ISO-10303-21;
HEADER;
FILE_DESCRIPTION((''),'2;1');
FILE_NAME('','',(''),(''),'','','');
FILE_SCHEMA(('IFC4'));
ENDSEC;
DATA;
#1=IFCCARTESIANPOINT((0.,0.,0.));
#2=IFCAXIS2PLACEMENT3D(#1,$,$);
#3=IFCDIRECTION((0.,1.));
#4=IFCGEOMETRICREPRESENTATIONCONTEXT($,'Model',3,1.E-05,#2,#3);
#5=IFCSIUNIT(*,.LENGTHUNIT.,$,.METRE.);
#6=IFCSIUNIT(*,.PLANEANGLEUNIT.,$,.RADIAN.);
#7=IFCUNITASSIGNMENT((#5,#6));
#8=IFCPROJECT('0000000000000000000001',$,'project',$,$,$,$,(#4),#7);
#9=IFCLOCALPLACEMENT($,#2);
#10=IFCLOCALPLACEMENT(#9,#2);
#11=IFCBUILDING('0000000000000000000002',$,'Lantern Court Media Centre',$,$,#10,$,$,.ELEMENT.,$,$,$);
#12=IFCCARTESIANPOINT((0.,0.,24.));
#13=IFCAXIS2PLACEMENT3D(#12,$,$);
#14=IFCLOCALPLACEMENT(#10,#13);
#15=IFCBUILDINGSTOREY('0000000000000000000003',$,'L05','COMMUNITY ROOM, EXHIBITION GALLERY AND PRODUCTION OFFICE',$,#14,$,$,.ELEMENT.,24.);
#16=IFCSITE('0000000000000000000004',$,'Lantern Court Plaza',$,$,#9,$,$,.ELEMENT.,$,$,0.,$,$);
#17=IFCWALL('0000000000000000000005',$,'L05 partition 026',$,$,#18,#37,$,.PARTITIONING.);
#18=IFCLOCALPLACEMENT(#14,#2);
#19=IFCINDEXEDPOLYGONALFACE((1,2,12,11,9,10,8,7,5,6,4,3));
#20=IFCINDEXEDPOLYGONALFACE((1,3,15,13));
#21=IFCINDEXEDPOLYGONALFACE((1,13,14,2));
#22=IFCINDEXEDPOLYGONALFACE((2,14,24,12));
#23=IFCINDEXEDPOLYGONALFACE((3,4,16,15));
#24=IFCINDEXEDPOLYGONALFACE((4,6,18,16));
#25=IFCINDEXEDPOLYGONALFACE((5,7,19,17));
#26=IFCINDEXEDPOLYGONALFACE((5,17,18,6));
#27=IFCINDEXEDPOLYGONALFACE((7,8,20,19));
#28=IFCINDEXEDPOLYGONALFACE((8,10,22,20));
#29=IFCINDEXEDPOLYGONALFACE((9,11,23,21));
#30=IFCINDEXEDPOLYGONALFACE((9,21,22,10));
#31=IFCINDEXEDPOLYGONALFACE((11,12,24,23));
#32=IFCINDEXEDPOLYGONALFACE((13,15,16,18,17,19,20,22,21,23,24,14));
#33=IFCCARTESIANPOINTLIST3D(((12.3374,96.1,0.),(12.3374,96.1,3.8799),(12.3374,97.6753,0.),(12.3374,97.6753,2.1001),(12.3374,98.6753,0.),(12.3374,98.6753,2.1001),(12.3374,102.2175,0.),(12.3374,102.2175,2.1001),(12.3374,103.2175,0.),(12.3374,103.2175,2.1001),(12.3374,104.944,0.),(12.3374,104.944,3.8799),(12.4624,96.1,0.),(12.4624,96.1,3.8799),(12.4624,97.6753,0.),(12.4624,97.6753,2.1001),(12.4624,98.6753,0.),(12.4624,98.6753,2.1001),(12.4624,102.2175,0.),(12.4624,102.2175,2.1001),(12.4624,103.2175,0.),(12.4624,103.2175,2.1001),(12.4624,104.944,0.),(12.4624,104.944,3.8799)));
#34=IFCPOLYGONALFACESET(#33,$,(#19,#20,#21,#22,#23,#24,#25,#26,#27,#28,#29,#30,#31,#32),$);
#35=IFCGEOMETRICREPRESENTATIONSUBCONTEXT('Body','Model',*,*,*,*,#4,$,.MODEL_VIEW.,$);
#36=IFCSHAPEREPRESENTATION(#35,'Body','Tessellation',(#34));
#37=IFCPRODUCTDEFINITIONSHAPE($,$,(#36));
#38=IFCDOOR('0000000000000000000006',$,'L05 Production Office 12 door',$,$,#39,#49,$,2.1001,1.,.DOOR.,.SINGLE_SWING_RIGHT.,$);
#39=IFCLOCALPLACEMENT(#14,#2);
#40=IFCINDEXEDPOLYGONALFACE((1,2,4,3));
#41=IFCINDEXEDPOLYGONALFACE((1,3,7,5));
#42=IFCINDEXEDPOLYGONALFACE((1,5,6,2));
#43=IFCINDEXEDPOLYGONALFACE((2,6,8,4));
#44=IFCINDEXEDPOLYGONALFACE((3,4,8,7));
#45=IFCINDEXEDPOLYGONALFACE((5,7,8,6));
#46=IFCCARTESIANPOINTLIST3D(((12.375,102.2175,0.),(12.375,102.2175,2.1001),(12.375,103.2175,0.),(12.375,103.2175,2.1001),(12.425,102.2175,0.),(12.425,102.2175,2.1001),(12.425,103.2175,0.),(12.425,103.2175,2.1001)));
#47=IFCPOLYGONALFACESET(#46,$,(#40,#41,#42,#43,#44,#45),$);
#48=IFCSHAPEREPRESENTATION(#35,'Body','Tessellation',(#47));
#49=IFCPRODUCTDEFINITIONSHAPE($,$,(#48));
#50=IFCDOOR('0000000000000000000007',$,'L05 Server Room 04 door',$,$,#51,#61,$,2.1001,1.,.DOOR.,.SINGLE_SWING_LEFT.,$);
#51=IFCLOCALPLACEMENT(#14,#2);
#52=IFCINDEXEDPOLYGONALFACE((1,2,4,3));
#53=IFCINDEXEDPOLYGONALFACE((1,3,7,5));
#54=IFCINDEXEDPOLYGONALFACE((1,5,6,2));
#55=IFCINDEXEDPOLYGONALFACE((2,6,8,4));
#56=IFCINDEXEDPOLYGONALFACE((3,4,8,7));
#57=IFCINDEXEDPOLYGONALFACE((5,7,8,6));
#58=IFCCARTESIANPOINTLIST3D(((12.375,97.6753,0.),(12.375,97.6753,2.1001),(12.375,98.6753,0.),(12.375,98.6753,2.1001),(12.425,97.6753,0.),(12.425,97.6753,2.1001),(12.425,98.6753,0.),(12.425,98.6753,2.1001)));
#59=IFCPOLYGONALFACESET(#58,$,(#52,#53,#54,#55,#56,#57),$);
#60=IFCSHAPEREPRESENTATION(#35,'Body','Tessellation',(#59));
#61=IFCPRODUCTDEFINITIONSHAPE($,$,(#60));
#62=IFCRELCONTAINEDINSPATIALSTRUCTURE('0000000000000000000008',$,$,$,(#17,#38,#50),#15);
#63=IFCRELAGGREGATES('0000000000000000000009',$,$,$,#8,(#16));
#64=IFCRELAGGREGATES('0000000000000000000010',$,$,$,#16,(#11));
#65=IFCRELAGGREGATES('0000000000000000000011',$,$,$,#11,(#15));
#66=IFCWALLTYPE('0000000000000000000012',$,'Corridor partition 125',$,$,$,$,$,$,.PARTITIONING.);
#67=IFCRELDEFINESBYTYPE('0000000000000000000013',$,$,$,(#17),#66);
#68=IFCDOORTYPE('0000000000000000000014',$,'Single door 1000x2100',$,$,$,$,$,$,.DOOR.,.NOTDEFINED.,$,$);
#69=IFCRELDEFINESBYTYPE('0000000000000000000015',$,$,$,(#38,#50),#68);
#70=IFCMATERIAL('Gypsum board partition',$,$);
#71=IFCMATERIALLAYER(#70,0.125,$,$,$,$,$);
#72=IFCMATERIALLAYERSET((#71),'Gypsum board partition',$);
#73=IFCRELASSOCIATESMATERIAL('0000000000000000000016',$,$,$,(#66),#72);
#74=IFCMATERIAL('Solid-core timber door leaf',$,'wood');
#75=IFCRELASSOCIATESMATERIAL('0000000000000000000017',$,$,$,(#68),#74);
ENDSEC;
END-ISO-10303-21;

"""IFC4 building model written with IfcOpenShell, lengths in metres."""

from ifc_helpers import new_model, si_unit, direction, frame, frame_2d, origin, place, context, subcontext, project, spatial, rectangle, extrude, material, layer, layer_set, type_object, element, fill, save


model = new_model("IFC4")

# Units and contexts
model_context = context("Model", 3, precision=1e-05, world=origin(), true_north=direction((0.0, 1.0)))
body_context = subcontext(model_context, "Body", "Model", "MODEL_VIEW")
ifc_project = project(units=[si_unit("LENGTHUNIT", "METRE"), si_unit("PLANEANGLEUNIT", "RADIAN")], contexts=[model_context])

# Site, building, storey
site_placement = place(None, origin())
site = spatial("IfcSite", under=ifc_project, at=site_placement, Name="Lantern Court Plaza", CompositionType="ELEMENT", RefElevation=0.0)
building_placement = place(site_placement, origin())
building = spatial("IfcBuilding", under=site, at=building_placement, Name="Lantern Court Media Centre", CompositionType="ELEMENT")
storey_placement = place(building_placement, frame((0.0, 0.0, 24.0)))
storey = spatial("IfcBuildingStorey", under=building, at=storey_placement, Name="L05", Description="COMMUNITY ROOM, EXHIBITION GALLERY AND PRODUCTION OFFICE", CompositionType="ELEMENT", Elevation=24.0)

# Wall, openings, doors
ifc_material_1 = material(Name="Gypsum board partition")
ifc_layer_1 = layer(ifc_material_1, 0.125)
ifc_layer_set_1 = layer_set([ifc_layer_1], Name="Gypsum board partition")
wall_type_1 = type_object("IfcWallType", Name="Corridor partition 125", PredefinedType="PARTITIONING", material=ifc_layer_set_1)
wall_1_placement = place(storey_placement, frame((12.3999, 96.1001, 0.0), z_axis=(0.0, 0.0, 1.0), x_axis=(0.0, 1.0, 0.0)))
wall_1 = element("IfcWall", 1, at=wall_1_placement, inside=storey, type_object=wall_type_1, Name="L05 partition 026", PredefinedType="PARTITIONING", context=body_context, shape_type="SweptSolid", body=[
    extrude(rectangle(XDim=8.844, YDim=0.125, at=frame_2d((4.4219, 0.0))), origin(), (0.0, 0.0, 1.0), 3.8799),
])
opening_1_placement = place(wall_1_placement, frame((6.1174, 0.0, 0.0)))
opening_1 = element("IfcOpeningElement", 2, at=opening_1_placement, cuts=wall_1, PredefinedType="OPENING", context=body_context, shape_type="SweptSolid", body=[
    extrude(rectangle(XDim=1.0, YDim=2.1001, at=frame_2d((0.5, 1.05))), frame((0.0, 0.0725, 0.0), z_axis=(0.0, -1.0, 0.0), x_axis=(1.0, 0.0, 0.0)), (0.0, 0.0, 1.0), 0.145),
])
opening_2_placement = place(wall_1_placement, frame((1.5752, 0.0, 0.0)))
opening_2 = element("IfcOpeningElement", 3, at=opening_2_placement, cuts=wall_1, PredefinedType="OPENING", context=body_context, shape_type="SweptSolid", body=[
    extrude(rectangle(XDim=1.0, YDim=2.1001, at=frame_2d((0.5, 1.05))), frame((0.0, 0.0725, 0.0), z_axis=(0.0, -1.0, 0.0), x_axis=(1.0, 0.0, 0.0)), (0.0, 0.0, 1.0), 0.145),
])
ifc_material_2 = material(Name="Solid-core timber door leaf", Category="wood")
door_type_1 = type_object("IfcDoorType", Name="Single door 1000x2100", OperationType="NOTDEFINED", PredefinedType="DOOR", material=ifc_material_2)
door_1_placement = place(opening_1_placement, origin())
door_1 = element("IfcDoor", 4, at=door_1_placement, inside=storey, type_object=door_type_1, Name="L05 Production Office 12 door", OperationType="SINGLE_SWING_RIGHT", OverallHeight=2.1001, OverallWidth=1.0, PredefinedType="DOOR", context=body_context, shape_type="SweptSolid", body=[
    extrude(rectangle(XDim=1.0, YDim=2.1001, at=frame_2d((0.5, 1.05))), frame((0.0, 0.0249, 0.0), z_axis=(0.0, -1.0, 0.0), x_axis=(1.0, 0.0, 0.0)), (0.0, 0.0, 1.0), 0.05),
])
fill(opening_1, door_1)
door_2_placement = place(opening_2_placement, origin())
door_2 = element("IfcDoor", 5, at=door_2_placement, inside=storey, type_object=door_type_1, Name="L05 Server Room 04 door", OperationType="SINGLE_SWING_LEFT", OverallHeight=2.1001, OverallWidth=1.0, PredefinedType="DOOR", context=body_context, shape_type="SweptSolid", body=[
    extrude(rectangle(XDim=1.0, YDim=2.1001, at=frame_2d((0.5, 1.05))), frame((0.0, 0.0249, 0.0), z_axis=(0.0, -1.0, 0.0), x_axis=(1.0, 0.0, 0.0)), (0.0, 0.0, 1.0), 0.05),
])
fill(opening_2, door_2)

save(model, "model.ifc")
